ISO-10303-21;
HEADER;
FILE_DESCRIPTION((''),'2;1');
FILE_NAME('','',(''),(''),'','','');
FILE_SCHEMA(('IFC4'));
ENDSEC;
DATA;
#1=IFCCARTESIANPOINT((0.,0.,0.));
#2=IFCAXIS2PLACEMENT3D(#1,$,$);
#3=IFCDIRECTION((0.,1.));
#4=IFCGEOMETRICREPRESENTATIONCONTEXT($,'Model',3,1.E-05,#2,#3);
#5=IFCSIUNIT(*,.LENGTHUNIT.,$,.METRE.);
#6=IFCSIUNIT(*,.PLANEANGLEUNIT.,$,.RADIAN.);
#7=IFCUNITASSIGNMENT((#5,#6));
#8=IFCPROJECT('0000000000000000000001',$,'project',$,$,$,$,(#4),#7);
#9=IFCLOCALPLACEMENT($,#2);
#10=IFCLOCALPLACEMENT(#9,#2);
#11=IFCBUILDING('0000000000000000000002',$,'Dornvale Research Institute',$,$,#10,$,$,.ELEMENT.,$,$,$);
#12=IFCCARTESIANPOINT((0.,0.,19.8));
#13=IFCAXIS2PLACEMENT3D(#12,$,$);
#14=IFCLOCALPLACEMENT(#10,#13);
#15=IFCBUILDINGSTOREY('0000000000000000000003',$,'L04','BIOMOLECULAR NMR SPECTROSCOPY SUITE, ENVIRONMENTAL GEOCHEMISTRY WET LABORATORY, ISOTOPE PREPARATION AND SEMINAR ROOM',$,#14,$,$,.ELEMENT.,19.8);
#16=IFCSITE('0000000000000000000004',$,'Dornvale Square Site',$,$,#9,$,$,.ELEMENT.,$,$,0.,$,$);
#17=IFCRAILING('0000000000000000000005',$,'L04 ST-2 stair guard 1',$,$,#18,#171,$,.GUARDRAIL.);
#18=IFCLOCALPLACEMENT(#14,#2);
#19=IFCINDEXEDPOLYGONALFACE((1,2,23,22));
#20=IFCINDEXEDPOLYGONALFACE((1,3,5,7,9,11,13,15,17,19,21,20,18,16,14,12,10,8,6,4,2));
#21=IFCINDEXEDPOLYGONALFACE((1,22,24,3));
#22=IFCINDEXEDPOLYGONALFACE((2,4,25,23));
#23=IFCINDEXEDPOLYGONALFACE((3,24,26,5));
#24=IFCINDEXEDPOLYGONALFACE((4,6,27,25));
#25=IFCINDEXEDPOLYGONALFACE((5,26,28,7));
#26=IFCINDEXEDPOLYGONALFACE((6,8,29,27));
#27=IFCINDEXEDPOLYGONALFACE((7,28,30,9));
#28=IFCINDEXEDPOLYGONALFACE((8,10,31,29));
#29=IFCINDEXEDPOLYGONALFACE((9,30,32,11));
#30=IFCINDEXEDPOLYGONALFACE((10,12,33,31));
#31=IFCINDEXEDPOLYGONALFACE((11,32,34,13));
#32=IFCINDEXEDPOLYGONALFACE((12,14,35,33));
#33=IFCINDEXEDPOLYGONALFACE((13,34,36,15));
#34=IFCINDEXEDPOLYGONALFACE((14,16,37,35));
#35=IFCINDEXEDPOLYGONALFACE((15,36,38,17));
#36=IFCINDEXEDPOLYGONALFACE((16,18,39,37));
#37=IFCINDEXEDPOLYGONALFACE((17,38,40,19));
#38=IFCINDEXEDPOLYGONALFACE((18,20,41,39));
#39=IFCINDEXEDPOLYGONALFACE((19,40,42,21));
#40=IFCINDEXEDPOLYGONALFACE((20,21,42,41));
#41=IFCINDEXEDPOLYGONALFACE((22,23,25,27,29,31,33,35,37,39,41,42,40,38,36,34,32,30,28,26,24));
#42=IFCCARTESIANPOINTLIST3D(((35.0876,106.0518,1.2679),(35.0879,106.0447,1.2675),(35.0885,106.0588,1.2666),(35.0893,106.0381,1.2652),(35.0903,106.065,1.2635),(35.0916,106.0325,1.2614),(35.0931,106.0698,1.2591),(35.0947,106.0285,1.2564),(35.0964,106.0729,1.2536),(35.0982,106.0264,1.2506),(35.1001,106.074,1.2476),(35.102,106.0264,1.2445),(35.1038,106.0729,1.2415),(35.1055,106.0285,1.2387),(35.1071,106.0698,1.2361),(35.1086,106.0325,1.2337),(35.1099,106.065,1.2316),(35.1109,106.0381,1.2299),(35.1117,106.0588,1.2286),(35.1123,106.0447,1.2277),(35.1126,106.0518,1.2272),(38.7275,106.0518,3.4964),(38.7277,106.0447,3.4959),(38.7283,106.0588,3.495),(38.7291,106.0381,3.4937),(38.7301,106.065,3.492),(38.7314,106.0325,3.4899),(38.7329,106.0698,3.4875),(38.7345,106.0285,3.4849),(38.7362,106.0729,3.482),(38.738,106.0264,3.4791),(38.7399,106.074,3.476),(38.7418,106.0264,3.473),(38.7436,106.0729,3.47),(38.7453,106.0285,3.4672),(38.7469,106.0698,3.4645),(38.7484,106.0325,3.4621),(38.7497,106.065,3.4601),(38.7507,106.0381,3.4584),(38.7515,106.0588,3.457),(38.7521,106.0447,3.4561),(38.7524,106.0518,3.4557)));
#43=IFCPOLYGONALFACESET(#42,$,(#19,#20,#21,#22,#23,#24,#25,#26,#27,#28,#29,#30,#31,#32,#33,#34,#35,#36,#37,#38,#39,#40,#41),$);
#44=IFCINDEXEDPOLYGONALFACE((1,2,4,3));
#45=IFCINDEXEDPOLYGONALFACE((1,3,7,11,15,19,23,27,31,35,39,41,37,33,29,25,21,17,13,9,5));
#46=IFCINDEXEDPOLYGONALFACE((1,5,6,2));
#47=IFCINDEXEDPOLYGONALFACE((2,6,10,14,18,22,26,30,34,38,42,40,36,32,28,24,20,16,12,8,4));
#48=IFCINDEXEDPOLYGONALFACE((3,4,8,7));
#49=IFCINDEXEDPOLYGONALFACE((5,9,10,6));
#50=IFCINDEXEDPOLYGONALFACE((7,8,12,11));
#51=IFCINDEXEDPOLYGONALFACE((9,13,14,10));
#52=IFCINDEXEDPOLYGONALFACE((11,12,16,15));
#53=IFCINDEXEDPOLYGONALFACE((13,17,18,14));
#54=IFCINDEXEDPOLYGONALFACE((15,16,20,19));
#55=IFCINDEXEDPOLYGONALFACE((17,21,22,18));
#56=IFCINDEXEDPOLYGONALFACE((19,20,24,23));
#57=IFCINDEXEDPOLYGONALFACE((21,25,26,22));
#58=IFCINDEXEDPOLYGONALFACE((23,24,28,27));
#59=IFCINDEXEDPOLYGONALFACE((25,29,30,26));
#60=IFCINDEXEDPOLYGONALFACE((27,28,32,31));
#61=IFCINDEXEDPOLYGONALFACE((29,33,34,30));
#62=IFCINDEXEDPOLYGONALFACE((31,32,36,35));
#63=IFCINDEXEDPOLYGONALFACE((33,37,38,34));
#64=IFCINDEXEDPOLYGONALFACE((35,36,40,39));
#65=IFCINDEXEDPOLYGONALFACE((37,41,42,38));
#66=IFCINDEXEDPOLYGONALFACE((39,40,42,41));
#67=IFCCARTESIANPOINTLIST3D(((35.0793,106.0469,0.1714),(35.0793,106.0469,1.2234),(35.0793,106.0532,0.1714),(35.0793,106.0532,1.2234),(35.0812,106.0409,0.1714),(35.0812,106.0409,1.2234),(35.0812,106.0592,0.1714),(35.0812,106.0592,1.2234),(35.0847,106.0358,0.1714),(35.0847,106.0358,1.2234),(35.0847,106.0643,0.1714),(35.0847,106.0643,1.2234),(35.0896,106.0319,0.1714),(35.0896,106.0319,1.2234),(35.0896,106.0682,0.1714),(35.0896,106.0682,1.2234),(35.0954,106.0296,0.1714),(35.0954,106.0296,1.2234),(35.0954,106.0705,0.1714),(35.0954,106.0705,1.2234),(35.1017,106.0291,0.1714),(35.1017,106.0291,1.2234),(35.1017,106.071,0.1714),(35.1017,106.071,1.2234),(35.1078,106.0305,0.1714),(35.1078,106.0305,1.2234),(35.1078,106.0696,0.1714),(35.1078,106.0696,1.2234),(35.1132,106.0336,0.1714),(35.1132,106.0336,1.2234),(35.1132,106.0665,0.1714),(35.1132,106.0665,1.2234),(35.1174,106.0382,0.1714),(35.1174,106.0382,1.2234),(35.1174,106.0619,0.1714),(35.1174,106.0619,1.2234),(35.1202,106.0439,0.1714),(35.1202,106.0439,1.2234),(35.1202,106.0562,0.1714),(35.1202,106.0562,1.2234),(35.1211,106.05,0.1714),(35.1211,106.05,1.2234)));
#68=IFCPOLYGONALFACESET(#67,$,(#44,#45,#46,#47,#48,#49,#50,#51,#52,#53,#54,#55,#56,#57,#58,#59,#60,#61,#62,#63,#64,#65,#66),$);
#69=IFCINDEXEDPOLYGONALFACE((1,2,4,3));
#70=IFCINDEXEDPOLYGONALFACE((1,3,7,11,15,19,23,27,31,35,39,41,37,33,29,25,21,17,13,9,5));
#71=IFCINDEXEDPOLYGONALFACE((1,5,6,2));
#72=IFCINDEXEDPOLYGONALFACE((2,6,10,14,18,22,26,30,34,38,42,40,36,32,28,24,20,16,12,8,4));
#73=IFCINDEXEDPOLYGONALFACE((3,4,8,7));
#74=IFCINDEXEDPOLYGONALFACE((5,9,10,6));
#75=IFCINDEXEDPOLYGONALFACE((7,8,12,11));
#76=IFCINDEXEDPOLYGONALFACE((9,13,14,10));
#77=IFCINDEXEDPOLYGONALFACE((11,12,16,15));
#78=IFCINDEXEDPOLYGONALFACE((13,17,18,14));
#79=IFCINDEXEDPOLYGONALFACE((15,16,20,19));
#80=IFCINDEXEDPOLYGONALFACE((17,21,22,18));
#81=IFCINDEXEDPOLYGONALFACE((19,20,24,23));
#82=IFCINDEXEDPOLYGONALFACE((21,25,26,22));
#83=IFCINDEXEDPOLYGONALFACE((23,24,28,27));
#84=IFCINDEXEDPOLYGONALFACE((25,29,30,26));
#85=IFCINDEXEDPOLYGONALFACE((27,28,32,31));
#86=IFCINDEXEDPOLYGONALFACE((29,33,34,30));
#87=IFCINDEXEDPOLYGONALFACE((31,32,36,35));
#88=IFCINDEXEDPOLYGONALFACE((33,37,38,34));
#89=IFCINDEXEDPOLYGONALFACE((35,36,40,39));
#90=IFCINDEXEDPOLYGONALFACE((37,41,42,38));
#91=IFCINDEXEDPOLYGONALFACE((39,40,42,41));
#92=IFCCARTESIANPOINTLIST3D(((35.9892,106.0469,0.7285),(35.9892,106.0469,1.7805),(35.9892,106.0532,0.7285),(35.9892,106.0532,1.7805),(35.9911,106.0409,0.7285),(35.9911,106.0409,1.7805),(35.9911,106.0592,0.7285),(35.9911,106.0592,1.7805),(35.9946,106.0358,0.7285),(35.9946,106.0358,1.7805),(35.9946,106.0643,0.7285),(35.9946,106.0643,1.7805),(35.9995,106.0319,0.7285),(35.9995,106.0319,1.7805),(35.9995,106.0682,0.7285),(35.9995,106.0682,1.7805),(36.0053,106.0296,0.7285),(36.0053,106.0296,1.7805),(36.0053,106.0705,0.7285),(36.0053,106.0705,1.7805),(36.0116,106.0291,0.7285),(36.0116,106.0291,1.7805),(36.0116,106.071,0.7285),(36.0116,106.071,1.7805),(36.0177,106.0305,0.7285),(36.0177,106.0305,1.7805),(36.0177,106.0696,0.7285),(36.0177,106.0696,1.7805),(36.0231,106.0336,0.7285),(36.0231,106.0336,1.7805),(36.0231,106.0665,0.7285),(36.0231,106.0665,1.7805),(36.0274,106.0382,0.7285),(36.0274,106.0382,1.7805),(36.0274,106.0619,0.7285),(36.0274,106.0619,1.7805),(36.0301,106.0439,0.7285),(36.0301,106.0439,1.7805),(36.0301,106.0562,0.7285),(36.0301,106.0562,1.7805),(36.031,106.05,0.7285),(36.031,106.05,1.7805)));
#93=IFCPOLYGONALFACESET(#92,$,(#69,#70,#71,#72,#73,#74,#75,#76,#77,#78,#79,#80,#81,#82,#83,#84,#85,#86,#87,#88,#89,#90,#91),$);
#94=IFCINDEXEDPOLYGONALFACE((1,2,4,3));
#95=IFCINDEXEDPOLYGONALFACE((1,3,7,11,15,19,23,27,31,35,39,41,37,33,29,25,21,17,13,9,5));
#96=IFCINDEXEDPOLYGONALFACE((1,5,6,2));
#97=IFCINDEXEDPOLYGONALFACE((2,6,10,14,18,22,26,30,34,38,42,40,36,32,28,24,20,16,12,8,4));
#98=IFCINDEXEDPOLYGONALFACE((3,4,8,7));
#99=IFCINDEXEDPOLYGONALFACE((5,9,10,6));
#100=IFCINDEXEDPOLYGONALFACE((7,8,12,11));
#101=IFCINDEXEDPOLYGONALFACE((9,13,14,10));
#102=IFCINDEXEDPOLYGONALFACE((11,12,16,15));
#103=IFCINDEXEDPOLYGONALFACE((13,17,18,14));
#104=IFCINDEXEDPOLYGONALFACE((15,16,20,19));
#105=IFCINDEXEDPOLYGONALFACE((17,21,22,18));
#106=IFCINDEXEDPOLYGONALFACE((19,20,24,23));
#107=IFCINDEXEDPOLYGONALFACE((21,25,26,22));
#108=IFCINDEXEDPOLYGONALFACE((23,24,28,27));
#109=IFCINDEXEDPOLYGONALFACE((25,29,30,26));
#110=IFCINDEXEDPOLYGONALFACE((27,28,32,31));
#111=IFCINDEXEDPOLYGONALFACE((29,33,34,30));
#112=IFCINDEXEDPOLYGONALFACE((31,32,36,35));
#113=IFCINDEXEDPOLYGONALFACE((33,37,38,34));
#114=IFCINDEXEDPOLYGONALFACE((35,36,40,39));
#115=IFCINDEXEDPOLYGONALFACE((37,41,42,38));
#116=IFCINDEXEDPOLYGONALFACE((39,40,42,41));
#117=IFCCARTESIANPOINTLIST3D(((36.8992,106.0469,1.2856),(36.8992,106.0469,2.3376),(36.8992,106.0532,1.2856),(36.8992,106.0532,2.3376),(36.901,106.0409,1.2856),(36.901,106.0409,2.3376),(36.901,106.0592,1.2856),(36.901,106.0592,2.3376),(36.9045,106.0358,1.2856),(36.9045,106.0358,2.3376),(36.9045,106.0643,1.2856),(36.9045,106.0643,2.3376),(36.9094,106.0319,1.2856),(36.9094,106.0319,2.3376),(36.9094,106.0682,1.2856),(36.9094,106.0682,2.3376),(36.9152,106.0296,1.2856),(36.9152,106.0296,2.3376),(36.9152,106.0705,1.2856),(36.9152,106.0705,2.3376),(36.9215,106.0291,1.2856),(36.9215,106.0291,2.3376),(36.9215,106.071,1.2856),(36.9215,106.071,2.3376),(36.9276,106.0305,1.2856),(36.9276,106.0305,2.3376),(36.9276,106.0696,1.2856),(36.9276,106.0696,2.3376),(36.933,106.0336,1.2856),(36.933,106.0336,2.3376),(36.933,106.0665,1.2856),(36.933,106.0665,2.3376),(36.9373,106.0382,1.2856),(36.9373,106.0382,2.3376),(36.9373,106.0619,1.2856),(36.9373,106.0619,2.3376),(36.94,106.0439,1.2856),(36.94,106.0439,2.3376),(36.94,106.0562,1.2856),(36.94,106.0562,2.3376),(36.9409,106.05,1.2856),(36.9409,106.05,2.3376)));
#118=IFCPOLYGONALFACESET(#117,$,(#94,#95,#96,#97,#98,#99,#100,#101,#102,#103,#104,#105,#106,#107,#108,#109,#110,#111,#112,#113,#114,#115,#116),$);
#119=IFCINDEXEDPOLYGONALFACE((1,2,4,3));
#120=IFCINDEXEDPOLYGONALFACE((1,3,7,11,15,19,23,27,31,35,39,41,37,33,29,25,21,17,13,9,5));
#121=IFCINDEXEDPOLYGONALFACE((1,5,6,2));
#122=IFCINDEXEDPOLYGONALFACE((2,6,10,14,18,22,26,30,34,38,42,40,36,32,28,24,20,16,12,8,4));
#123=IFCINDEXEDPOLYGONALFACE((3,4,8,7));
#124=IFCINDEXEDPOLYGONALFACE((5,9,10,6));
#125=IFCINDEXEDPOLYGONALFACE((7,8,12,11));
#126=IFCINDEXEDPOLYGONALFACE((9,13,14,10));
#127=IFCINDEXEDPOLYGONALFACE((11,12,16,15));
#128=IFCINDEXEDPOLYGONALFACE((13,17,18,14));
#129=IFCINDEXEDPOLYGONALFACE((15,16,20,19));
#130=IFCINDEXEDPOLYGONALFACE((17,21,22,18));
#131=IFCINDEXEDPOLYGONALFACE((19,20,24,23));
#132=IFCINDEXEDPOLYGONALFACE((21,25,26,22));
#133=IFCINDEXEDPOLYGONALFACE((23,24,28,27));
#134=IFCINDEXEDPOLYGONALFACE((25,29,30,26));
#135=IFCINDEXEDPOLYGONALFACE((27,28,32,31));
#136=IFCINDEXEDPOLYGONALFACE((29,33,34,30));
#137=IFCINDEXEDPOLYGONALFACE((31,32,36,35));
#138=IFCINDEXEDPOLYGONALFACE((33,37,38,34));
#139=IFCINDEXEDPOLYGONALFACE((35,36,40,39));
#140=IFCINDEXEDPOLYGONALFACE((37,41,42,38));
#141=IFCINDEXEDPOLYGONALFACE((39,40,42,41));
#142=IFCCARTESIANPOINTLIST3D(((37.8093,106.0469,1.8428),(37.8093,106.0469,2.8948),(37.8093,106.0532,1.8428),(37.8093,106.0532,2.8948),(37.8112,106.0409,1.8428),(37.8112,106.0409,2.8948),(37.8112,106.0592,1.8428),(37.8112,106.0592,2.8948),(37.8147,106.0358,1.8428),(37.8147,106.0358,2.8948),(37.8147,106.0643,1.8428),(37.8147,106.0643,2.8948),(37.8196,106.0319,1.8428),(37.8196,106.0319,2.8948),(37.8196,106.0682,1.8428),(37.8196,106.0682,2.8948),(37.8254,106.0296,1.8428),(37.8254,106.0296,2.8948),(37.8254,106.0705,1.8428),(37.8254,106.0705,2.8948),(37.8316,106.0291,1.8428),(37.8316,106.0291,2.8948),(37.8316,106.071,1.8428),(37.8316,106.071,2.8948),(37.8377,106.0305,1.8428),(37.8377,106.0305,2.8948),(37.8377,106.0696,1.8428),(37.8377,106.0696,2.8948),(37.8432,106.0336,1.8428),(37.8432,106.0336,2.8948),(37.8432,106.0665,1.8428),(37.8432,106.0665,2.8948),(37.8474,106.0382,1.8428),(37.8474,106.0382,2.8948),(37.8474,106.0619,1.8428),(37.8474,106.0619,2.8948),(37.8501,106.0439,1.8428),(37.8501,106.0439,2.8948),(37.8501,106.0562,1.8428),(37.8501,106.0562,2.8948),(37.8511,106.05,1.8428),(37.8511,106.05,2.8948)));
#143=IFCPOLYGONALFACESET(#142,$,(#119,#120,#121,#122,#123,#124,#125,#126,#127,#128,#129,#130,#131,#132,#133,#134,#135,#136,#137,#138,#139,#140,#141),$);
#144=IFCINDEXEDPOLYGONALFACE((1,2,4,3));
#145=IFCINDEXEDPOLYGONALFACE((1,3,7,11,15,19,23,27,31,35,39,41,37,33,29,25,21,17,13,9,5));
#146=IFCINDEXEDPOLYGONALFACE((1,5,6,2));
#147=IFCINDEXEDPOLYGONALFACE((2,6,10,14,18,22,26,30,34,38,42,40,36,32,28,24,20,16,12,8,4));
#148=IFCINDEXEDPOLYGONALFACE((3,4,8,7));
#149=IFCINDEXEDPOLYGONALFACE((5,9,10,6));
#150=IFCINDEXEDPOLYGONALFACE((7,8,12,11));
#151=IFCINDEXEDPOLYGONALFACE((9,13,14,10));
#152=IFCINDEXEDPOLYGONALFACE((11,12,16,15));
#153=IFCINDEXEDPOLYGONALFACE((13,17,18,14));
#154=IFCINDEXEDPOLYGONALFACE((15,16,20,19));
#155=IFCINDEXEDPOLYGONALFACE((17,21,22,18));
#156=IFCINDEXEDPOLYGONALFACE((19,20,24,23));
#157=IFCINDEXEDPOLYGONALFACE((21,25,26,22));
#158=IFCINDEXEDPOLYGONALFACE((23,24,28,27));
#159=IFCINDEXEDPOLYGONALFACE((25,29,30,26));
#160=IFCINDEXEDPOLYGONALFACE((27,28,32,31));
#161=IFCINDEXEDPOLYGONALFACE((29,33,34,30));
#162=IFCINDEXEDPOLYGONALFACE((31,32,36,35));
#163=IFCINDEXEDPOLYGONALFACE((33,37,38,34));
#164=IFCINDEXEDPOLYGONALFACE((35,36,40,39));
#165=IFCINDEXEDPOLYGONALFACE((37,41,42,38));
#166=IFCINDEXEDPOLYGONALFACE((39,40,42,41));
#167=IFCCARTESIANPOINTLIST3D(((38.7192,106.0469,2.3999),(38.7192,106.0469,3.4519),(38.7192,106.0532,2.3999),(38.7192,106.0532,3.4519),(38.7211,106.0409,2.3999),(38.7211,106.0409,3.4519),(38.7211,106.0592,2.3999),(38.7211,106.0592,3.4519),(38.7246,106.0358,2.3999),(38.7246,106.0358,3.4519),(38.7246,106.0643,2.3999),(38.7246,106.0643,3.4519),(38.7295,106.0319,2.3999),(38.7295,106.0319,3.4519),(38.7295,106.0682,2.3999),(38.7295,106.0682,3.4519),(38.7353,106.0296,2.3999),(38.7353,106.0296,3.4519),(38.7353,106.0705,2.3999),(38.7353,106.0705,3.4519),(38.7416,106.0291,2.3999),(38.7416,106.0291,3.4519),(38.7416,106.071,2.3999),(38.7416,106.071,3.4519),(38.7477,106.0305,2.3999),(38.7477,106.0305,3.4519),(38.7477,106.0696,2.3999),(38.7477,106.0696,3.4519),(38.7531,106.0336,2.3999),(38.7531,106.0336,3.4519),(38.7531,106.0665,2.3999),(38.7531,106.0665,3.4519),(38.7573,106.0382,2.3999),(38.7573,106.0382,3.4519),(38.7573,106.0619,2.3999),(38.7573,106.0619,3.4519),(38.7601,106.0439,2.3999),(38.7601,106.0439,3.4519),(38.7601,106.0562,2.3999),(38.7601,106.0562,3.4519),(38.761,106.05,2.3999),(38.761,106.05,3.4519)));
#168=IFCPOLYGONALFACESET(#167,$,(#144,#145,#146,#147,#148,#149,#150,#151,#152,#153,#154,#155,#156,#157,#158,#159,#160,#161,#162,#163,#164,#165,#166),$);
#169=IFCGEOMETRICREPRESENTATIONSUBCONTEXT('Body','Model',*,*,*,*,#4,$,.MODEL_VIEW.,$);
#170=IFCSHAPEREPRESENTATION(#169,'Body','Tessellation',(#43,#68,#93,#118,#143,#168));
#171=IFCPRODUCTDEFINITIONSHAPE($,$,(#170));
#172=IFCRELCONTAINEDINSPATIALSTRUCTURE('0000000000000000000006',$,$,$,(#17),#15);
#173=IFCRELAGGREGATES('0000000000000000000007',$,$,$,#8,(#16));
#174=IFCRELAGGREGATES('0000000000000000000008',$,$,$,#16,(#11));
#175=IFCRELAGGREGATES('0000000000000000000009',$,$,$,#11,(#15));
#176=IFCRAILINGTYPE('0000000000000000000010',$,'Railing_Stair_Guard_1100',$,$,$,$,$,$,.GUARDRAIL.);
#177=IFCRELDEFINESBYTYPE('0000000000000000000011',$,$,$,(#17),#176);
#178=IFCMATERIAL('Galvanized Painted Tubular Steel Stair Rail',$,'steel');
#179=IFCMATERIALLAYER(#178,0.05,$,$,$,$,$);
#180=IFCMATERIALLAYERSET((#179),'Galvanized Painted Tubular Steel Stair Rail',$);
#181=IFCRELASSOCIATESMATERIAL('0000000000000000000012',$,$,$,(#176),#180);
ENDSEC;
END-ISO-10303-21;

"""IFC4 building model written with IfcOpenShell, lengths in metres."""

from ifc_helpers import new_model, si_unit, direction, frame, origin, origin_2d, place, context, subcontext, project, spatial, circle, extrude, material, layer, layer_set, type_object, element, save


model = new_model("IFC4")

# Units and contexts
model_context = context("Model", 3, precision=1e-05, world=origin(), true_north=direction((0.0, 1.0)))
body_context = subcontext(model_context, "Body", "Model", "MODEL_VIEW")
ifc_project = project(units=[si_unit("LENGTHUNIT", "METRE"), si_unit("PLANEANGLEUNIT", "RADIAN")], contexts=[model_context])

# Site, building, storey
site_placement = place(None, origin())
site = spatial("IfcSite", under=ifc_project, at=site_placement, Name="Dornvale Square Site", CompositionType="ELEMENT", RefElevation=0.0)
building_placement = place(site_placement, origin())
building = spatial("IfcBuilding", under=site, at=building_placement, Name="Dornvale Research Institute", CompositionType="ELEMENT")
storey_placement = place(building_placement, frame((0.0, 0.0, 19.8)))
storey = spatial("IfcBuildingStorey", under=building, at=storey_placement, Name="L04", Description="BIOMOLECULAR NMR SPECTROSCOPY SUITE, ENVIRONMENTAL GEOCHEMISTRY WET LABORATORY, ISOTOPE PREPARATION AND SEMINAR ROOM", CompositionType="ELEMENT", Elevation=19.8)

# Railing
ifc_material_1 = material(Name="Galvanized Painted Tubular Steel Stair Rail", Category="steel")
ifc_layer_1 = layer(ifc_material_1, 0.05)
ifc_layer_set_1 = layer_set([ifc_layer_1], Name="Galvanized Painted Tubular Steel Stair Rail")
railing_type_1 = type_object("IfcRailingType", Name="Railing_Stair_Guard_1100", PredefinedType="GUARDRAIL", material=ifc_layer_set_1)
railing_1_placement = place(storey_placement, frame((35.1001, 106.05, 0.1714)))
element("IfcRailing", 1, at=railing_1_placement, inside=storey, type_object=railing_type_1, Name="L04 ST-2 stair guard 1", PredefinedType="GUARDRAIL", context=body_context, shape_type="SweptSolid", body=[
    extrude(circle(Radius=0.0239, at=origin_2d()), frame((0.0, 0.0, 1.0762), z_axis=(0.85285, 0.0, 0.522156), x_axis=(0.0, 1.0, 0.0)), (0.0, 0.0, 1.0), 4.2678),
    extrude(circle(Radius=0.021, at=origin_2d()), origin(), (0.0, 0.0, 1.0), 1.052),
    extrude(circle(Radius=0.021, at=origin_2d()), frame((0.9099, 0.0, 0.5571)), (0.0, 0.0, 1.0), 1.052),
    extrude(circle(Radius=0.021, at=origin_2d()), frame((1.8198, 0.0, 1.1143)), (0.0, 0.0, 1.0), 1.052),
    extrude(circle(Radius=0.021, at=origin_2d()), frame((2.73, 0.0, 1.6714)), (0.0, 0.0, 1.0), 1.052),
    extrude(circle(Radius=0.021, at=origin_2d()), frame((3.6399, 0.0, 2.2285)), (0.0, 0.0, 1.0), 1.052),
])

save(model, "model.ifc")
